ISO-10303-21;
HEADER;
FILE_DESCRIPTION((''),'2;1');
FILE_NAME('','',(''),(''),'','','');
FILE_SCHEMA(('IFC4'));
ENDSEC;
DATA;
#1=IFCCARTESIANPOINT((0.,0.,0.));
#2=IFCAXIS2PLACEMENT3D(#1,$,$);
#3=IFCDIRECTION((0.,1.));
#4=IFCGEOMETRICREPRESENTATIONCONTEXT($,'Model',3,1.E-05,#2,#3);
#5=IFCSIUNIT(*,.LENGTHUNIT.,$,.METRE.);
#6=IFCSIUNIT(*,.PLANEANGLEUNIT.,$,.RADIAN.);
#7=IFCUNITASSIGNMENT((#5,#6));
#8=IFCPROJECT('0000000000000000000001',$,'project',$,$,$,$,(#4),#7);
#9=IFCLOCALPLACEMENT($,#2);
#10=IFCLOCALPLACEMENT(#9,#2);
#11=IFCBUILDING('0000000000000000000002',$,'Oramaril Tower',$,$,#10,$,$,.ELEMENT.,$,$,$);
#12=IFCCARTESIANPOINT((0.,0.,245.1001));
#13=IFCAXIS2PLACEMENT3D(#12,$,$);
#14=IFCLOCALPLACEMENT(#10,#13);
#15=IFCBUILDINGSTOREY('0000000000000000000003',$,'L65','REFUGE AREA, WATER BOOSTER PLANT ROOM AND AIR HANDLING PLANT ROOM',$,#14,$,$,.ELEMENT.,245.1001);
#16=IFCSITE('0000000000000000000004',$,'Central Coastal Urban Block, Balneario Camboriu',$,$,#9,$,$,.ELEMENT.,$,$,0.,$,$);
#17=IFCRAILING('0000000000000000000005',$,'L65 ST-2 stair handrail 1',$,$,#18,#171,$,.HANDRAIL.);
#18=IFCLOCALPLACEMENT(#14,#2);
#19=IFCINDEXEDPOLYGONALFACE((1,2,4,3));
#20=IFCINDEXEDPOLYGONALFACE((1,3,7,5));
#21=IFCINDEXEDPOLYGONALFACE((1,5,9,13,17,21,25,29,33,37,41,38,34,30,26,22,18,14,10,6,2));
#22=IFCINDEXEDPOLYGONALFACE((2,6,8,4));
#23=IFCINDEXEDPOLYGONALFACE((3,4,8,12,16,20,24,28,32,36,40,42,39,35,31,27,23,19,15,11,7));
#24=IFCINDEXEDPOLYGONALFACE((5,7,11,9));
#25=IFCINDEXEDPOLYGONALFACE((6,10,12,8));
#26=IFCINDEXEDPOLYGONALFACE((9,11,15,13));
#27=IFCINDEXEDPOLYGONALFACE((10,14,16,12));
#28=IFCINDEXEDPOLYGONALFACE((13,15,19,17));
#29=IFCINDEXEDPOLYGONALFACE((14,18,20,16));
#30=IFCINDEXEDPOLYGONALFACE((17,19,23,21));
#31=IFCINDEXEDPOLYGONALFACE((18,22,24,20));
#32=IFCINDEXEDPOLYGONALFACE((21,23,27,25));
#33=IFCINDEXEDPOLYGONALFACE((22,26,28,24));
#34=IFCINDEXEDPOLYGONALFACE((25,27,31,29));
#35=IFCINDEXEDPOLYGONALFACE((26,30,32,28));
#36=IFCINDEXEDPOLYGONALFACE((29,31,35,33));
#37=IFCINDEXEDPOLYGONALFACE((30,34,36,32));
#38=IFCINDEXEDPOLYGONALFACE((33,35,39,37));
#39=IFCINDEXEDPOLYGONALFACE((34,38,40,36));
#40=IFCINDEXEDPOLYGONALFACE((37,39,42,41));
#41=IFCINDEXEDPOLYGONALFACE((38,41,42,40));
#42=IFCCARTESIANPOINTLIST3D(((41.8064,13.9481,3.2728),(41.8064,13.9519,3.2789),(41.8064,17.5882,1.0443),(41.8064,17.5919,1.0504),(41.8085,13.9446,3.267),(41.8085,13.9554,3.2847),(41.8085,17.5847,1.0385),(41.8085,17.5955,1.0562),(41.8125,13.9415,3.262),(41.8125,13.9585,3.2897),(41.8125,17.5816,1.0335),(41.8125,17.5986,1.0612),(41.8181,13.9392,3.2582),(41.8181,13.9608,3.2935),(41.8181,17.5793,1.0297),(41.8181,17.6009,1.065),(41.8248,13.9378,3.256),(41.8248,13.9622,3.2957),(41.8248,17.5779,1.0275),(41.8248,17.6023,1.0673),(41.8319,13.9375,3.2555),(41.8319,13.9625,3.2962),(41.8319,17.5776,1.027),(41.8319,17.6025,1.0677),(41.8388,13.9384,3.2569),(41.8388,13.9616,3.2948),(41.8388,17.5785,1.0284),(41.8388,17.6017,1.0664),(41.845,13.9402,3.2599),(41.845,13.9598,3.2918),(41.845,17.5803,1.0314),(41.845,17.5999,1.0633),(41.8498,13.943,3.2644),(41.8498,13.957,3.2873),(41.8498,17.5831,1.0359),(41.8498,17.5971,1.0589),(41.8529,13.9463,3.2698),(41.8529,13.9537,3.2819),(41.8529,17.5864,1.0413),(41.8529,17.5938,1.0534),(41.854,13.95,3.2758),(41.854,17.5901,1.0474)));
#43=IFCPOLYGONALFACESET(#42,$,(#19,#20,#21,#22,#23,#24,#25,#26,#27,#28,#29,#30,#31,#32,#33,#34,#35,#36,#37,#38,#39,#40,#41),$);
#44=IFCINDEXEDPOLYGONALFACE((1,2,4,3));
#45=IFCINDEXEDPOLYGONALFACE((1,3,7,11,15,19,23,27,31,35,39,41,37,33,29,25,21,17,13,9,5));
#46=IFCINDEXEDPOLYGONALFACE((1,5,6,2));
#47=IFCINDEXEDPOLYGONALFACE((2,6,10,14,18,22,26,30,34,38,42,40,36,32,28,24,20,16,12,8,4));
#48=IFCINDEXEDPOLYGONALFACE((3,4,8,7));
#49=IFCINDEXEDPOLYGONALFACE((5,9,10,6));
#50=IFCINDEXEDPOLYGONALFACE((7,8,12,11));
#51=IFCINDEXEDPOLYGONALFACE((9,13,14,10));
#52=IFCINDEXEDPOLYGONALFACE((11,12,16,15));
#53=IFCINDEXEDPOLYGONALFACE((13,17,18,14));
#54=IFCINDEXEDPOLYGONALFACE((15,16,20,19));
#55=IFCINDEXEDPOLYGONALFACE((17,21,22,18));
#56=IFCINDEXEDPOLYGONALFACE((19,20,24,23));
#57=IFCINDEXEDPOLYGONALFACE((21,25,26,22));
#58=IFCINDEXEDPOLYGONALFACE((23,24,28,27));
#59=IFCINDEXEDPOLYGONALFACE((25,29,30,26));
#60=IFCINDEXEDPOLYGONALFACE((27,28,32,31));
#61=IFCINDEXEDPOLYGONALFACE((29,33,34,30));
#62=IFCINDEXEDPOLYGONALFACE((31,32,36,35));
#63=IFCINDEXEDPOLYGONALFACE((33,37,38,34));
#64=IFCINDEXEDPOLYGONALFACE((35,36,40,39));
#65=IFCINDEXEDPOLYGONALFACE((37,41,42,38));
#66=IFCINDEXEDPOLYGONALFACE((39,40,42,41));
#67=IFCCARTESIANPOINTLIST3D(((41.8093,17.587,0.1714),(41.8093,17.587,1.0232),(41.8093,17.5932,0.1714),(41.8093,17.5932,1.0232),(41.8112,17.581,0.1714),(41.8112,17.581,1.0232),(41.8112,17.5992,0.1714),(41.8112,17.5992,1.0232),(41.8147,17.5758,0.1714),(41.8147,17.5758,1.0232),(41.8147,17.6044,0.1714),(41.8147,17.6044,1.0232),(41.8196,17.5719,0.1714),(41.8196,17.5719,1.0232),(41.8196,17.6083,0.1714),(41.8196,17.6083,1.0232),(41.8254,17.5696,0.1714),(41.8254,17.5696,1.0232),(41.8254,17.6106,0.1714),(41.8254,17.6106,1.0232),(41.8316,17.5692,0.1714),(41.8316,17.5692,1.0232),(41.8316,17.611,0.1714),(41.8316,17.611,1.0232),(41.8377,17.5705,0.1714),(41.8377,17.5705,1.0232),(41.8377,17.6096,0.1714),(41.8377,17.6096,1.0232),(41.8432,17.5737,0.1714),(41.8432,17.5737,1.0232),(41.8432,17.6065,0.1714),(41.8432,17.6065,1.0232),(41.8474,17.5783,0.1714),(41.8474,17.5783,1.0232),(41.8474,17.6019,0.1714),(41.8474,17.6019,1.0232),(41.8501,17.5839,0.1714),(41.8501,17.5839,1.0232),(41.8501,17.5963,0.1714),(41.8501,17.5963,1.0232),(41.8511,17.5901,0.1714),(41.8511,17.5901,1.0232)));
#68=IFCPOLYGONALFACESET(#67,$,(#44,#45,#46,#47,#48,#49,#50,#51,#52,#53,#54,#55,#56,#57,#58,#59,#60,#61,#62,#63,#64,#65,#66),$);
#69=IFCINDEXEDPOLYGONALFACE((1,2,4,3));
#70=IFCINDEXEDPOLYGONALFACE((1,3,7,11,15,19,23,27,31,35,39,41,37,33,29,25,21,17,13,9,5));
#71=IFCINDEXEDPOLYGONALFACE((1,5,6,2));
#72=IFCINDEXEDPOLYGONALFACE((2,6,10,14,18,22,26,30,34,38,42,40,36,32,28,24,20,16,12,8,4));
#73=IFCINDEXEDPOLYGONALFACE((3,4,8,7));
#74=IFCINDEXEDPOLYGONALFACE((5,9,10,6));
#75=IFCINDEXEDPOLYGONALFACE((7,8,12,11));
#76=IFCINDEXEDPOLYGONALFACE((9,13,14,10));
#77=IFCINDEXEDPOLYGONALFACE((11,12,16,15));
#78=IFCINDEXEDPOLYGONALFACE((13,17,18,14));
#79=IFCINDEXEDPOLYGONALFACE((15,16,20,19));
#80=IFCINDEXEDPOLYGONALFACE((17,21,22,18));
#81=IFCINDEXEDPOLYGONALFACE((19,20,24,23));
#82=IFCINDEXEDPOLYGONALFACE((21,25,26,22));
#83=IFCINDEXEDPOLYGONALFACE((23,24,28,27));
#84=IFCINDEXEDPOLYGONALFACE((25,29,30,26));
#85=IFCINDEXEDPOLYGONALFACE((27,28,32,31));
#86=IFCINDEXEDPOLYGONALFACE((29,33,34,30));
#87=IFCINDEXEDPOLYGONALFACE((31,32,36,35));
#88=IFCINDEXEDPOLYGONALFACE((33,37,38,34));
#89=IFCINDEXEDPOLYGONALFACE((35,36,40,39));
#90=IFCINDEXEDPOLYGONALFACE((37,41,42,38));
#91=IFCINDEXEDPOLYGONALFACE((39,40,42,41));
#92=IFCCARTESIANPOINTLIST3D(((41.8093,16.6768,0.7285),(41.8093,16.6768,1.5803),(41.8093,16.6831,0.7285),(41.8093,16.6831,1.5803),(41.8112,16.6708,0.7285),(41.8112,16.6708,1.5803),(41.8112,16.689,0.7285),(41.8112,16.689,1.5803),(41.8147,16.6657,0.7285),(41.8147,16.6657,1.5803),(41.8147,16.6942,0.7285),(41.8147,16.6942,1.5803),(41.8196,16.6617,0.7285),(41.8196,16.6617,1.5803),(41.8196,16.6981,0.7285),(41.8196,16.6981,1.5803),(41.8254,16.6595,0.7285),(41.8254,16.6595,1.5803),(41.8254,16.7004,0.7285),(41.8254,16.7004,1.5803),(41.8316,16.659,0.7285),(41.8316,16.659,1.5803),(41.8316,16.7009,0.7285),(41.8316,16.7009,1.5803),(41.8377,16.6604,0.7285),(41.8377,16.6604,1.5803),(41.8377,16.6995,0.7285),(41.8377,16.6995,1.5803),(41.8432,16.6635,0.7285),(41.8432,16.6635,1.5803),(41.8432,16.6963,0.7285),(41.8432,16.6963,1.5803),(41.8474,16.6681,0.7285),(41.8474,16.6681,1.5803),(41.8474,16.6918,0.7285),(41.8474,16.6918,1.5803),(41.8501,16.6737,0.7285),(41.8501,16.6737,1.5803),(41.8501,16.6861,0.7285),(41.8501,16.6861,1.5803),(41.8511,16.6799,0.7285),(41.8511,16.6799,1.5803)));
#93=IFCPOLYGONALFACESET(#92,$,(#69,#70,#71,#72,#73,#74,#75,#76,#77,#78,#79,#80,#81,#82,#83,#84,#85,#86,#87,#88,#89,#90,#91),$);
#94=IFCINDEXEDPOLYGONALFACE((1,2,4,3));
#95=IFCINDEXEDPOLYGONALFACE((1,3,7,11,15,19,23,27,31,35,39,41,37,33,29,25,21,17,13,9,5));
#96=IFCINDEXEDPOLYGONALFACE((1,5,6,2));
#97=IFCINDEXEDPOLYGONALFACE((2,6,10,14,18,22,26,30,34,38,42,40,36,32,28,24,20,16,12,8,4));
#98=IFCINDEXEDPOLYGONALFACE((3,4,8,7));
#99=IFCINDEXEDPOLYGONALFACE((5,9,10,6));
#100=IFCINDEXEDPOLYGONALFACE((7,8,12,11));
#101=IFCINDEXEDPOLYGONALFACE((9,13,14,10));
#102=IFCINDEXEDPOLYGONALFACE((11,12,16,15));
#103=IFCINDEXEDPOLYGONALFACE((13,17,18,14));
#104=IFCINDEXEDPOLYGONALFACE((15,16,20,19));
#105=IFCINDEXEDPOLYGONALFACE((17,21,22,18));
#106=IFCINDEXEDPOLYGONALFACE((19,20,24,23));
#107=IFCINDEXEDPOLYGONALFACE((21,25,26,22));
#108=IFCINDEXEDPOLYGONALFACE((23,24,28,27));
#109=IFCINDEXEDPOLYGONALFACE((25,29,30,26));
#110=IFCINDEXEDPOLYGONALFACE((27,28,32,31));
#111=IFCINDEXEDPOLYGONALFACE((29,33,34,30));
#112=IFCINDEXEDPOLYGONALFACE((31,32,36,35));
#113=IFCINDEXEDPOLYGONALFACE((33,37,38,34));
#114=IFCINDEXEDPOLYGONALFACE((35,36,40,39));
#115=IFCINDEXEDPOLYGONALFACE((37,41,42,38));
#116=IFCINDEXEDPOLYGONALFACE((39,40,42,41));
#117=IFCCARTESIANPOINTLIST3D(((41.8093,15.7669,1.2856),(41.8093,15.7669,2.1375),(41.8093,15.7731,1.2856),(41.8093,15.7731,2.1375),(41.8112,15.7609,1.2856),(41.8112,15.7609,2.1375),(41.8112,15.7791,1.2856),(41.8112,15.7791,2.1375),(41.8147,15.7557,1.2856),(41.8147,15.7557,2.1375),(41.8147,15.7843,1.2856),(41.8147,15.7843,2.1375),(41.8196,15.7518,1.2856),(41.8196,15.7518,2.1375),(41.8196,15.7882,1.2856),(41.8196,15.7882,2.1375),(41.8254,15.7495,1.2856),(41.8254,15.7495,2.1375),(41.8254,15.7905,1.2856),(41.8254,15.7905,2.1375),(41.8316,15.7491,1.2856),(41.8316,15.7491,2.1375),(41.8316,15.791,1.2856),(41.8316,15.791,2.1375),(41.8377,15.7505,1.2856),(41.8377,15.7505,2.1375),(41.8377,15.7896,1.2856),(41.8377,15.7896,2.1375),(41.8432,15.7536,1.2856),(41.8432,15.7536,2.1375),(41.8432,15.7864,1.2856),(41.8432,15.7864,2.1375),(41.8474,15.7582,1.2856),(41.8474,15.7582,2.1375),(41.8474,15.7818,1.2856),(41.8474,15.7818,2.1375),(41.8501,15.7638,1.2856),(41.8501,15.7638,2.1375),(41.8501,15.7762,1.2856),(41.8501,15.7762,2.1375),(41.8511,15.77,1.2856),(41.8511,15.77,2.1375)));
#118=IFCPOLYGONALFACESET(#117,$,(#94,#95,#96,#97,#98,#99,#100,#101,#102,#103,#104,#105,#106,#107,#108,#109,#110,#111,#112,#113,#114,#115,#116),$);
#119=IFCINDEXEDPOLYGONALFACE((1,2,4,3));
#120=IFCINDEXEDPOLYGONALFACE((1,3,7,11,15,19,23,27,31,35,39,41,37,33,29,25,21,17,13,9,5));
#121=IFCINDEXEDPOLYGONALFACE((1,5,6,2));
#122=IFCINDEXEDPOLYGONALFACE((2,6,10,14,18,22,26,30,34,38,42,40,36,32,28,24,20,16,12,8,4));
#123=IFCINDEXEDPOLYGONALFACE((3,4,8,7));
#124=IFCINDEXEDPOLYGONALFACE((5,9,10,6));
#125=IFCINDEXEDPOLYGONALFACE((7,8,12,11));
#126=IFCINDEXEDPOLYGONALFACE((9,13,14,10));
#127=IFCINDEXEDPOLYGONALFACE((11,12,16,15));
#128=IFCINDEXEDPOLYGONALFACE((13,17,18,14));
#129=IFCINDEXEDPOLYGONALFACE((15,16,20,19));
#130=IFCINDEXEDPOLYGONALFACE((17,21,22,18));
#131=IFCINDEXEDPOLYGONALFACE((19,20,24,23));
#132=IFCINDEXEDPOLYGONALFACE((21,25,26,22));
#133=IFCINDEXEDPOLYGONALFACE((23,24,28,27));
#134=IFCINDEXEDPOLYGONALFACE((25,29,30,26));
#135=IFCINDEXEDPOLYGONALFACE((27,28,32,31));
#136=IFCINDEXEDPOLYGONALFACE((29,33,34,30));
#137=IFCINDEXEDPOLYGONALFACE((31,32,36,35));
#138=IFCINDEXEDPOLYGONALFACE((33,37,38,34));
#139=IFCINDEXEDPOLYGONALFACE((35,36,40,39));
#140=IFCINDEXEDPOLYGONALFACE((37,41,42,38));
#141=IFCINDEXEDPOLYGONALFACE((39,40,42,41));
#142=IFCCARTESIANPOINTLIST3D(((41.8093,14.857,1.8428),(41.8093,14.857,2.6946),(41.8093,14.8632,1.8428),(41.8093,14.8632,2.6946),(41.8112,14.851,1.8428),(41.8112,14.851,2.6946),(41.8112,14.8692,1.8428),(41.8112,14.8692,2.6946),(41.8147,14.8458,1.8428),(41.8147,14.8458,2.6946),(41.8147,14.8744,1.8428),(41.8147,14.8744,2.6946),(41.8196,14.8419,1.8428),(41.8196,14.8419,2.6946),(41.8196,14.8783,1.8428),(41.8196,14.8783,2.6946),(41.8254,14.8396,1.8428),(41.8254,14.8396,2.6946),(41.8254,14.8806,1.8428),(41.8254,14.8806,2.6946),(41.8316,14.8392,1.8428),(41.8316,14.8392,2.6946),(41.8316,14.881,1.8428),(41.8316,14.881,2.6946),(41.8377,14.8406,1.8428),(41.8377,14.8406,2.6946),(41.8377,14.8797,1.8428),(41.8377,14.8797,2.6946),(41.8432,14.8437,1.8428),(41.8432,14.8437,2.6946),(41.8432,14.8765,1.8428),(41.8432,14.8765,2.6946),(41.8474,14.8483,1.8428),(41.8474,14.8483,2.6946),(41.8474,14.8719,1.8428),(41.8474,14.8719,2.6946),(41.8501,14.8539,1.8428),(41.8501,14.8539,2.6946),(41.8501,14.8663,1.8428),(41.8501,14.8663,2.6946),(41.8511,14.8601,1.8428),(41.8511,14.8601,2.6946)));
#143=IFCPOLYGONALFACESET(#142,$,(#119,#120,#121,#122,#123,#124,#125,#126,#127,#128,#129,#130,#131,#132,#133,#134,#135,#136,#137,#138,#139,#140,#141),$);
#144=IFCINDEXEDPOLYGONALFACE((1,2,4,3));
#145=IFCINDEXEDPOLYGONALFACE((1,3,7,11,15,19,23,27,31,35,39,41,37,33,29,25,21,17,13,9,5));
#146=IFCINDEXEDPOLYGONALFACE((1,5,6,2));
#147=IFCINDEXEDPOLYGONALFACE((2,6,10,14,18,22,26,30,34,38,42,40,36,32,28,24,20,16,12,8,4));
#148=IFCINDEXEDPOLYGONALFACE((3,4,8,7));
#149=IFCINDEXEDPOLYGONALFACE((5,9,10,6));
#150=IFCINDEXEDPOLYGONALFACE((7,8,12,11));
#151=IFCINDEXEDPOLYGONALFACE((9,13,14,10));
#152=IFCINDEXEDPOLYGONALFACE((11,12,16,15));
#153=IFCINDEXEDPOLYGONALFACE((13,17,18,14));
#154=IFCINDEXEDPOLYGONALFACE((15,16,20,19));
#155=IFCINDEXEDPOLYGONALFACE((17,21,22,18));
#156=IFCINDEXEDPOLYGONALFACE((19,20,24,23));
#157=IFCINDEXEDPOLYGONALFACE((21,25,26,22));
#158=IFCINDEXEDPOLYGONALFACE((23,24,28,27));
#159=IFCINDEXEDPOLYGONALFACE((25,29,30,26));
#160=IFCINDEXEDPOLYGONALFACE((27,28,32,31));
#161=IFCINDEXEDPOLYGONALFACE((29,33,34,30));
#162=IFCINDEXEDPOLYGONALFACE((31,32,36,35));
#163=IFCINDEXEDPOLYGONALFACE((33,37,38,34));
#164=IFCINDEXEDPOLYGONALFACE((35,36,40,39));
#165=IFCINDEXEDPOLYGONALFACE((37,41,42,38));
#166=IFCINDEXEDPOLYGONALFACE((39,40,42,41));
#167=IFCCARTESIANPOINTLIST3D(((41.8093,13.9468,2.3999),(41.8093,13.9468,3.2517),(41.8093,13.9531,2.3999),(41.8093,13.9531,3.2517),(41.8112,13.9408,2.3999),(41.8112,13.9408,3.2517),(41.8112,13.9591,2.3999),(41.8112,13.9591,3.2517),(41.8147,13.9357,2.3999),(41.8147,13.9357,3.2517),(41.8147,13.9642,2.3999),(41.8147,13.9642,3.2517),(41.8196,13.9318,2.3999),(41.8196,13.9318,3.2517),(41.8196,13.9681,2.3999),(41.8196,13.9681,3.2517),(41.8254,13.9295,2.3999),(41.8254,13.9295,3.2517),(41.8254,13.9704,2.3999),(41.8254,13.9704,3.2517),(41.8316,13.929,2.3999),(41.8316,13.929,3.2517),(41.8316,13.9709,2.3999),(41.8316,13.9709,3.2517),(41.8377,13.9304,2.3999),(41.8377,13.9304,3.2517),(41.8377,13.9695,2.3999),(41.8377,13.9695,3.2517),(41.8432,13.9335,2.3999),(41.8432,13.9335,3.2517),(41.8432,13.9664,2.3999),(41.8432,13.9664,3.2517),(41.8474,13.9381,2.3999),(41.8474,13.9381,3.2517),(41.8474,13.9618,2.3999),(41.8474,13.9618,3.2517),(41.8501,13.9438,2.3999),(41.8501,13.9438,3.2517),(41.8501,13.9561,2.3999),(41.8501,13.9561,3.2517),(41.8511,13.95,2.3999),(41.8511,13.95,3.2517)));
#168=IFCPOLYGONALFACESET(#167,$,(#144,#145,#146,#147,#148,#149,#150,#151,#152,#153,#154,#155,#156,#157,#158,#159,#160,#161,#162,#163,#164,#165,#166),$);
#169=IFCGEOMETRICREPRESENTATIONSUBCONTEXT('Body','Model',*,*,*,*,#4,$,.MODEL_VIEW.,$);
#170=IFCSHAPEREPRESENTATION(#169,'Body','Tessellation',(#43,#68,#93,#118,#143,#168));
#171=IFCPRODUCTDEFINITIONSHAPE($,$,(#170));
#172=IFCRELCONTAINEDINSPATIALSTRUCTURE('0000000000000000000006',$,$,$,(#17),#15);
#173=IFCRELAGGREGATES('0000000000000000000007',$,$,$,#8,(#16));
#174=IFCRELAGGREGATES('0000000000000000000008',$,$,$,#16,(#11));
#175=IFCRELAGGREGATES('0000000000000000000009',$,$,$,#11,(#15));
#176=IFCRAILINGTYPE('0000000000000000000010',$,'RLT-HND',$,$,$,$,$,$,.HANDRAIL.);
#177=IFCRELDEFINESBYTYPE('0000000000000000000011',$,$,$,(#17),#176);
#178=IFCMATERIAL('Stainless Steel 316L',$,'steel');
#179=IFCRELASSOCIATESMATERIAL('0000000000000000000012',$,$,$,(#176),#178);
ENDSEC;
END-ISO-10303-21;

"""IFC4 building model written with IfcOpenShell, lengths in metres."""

from ifc_helpers import new_model, si_unit, direction, frame, origin, origin_2d, place, context, subcontext, project, spatial, circle, extrude, material, type_object, element, save


model = new_model("IFC4")

# Units and contexts
model_context = context("Model", 3, precision=1e-05, world=origin(), true_north=direction((0.0, 1.0)))
body_context = subcontext(model_context, "Body", "Model", "MODEL_VIEW")
ifc_project = project(units=[si_unit("LENGTHUNIT", "METRE"), si_unit("PLANEANGLEUNIT", "RADIAN")], contexts=[model_context])

# Site, building, storey
site_placement = place(None, origin())
site = spatial("IfcSite", under=ifc_project, at=site_placement, Name="Central Coastal Urban Block, Balneario Camboriu", CompositionType="ELEMENT", RefElevation=0.0)
building_placement = place(site_placement, origin())
building = spatial("IfcBuilding", under=site, at=building_placement, Name="Oramaril Tower", CompositionType="ELEMENT")
storey_placement = place(building_placement, frame((0.0, 0.0, 245.1001)))
storey = spatial("IfcBuildingStorey", under=building, at=storey_placement, Name="L65", Description="REFUGE AREA, WATER BOOSTER PLANT ROOM AND AIR HANDLING PLANT ROOM", CompositionType="ELEMENT", Elevation=245.1001)

# Railing
ifc_material_1 = material(Name="Stainless Steel 316L", Category="steel")
railing_type_1 = type_object("IfcRailingType", Name="RLT-HND", PredefinedType="HANDRAIL", material=ifc_material_1)
railing_1_placement = place(storey_placement, frame((41.8301, 17.5901, 0.1714)))
element("IfcRailing", 1, at=railing_1_placement, inside=storey, type_object=railing_type_1, Name="L65 ST-2 stair handrail 1", PredefinedType="HANDRAIL", context=body_context, shape_type="SweptSolid", body=[
    extrude(circle(Radius=0.0239, at=origin_2d()), frame((0.0, 0.0, 0.876), z_axis=(0.0, -0.852866, 0.52213), x_axis=(1.0, 0.0, 0.0)), (0.0, 0.0, 1.0), 4.2681),
    extrude(circle(Radius=0.021, at=origin_2d()), origin(), (0.0, 0.0, 1.0), 0.8518),
    extrude(circle(Radius=0.021, at=origin_2d()), frame((0.0, -0.9102, 0.5571)), (0.0, 0.0, 1.0), 0.8518),
    extrude(circle(Radius=0.021, at=origin_2d()), frame((0.0, -1.8201, 1.1143)), (0.0, 0.0, 1.0), 0.8518),
    extrude(circle(Radius=0.021, at=origin_2d()), frame((0.0, -2.73, 1.6714)), (0.0, 0.0, 1.0), 0.8518),
    extrude(circle(Radius=0.021, at=origin_2d()), frame((0.0, -3.6401, 2.2285)), (0.0, 0.0, 1.0), 0.8518),
])

save(model, "model.ifc")
